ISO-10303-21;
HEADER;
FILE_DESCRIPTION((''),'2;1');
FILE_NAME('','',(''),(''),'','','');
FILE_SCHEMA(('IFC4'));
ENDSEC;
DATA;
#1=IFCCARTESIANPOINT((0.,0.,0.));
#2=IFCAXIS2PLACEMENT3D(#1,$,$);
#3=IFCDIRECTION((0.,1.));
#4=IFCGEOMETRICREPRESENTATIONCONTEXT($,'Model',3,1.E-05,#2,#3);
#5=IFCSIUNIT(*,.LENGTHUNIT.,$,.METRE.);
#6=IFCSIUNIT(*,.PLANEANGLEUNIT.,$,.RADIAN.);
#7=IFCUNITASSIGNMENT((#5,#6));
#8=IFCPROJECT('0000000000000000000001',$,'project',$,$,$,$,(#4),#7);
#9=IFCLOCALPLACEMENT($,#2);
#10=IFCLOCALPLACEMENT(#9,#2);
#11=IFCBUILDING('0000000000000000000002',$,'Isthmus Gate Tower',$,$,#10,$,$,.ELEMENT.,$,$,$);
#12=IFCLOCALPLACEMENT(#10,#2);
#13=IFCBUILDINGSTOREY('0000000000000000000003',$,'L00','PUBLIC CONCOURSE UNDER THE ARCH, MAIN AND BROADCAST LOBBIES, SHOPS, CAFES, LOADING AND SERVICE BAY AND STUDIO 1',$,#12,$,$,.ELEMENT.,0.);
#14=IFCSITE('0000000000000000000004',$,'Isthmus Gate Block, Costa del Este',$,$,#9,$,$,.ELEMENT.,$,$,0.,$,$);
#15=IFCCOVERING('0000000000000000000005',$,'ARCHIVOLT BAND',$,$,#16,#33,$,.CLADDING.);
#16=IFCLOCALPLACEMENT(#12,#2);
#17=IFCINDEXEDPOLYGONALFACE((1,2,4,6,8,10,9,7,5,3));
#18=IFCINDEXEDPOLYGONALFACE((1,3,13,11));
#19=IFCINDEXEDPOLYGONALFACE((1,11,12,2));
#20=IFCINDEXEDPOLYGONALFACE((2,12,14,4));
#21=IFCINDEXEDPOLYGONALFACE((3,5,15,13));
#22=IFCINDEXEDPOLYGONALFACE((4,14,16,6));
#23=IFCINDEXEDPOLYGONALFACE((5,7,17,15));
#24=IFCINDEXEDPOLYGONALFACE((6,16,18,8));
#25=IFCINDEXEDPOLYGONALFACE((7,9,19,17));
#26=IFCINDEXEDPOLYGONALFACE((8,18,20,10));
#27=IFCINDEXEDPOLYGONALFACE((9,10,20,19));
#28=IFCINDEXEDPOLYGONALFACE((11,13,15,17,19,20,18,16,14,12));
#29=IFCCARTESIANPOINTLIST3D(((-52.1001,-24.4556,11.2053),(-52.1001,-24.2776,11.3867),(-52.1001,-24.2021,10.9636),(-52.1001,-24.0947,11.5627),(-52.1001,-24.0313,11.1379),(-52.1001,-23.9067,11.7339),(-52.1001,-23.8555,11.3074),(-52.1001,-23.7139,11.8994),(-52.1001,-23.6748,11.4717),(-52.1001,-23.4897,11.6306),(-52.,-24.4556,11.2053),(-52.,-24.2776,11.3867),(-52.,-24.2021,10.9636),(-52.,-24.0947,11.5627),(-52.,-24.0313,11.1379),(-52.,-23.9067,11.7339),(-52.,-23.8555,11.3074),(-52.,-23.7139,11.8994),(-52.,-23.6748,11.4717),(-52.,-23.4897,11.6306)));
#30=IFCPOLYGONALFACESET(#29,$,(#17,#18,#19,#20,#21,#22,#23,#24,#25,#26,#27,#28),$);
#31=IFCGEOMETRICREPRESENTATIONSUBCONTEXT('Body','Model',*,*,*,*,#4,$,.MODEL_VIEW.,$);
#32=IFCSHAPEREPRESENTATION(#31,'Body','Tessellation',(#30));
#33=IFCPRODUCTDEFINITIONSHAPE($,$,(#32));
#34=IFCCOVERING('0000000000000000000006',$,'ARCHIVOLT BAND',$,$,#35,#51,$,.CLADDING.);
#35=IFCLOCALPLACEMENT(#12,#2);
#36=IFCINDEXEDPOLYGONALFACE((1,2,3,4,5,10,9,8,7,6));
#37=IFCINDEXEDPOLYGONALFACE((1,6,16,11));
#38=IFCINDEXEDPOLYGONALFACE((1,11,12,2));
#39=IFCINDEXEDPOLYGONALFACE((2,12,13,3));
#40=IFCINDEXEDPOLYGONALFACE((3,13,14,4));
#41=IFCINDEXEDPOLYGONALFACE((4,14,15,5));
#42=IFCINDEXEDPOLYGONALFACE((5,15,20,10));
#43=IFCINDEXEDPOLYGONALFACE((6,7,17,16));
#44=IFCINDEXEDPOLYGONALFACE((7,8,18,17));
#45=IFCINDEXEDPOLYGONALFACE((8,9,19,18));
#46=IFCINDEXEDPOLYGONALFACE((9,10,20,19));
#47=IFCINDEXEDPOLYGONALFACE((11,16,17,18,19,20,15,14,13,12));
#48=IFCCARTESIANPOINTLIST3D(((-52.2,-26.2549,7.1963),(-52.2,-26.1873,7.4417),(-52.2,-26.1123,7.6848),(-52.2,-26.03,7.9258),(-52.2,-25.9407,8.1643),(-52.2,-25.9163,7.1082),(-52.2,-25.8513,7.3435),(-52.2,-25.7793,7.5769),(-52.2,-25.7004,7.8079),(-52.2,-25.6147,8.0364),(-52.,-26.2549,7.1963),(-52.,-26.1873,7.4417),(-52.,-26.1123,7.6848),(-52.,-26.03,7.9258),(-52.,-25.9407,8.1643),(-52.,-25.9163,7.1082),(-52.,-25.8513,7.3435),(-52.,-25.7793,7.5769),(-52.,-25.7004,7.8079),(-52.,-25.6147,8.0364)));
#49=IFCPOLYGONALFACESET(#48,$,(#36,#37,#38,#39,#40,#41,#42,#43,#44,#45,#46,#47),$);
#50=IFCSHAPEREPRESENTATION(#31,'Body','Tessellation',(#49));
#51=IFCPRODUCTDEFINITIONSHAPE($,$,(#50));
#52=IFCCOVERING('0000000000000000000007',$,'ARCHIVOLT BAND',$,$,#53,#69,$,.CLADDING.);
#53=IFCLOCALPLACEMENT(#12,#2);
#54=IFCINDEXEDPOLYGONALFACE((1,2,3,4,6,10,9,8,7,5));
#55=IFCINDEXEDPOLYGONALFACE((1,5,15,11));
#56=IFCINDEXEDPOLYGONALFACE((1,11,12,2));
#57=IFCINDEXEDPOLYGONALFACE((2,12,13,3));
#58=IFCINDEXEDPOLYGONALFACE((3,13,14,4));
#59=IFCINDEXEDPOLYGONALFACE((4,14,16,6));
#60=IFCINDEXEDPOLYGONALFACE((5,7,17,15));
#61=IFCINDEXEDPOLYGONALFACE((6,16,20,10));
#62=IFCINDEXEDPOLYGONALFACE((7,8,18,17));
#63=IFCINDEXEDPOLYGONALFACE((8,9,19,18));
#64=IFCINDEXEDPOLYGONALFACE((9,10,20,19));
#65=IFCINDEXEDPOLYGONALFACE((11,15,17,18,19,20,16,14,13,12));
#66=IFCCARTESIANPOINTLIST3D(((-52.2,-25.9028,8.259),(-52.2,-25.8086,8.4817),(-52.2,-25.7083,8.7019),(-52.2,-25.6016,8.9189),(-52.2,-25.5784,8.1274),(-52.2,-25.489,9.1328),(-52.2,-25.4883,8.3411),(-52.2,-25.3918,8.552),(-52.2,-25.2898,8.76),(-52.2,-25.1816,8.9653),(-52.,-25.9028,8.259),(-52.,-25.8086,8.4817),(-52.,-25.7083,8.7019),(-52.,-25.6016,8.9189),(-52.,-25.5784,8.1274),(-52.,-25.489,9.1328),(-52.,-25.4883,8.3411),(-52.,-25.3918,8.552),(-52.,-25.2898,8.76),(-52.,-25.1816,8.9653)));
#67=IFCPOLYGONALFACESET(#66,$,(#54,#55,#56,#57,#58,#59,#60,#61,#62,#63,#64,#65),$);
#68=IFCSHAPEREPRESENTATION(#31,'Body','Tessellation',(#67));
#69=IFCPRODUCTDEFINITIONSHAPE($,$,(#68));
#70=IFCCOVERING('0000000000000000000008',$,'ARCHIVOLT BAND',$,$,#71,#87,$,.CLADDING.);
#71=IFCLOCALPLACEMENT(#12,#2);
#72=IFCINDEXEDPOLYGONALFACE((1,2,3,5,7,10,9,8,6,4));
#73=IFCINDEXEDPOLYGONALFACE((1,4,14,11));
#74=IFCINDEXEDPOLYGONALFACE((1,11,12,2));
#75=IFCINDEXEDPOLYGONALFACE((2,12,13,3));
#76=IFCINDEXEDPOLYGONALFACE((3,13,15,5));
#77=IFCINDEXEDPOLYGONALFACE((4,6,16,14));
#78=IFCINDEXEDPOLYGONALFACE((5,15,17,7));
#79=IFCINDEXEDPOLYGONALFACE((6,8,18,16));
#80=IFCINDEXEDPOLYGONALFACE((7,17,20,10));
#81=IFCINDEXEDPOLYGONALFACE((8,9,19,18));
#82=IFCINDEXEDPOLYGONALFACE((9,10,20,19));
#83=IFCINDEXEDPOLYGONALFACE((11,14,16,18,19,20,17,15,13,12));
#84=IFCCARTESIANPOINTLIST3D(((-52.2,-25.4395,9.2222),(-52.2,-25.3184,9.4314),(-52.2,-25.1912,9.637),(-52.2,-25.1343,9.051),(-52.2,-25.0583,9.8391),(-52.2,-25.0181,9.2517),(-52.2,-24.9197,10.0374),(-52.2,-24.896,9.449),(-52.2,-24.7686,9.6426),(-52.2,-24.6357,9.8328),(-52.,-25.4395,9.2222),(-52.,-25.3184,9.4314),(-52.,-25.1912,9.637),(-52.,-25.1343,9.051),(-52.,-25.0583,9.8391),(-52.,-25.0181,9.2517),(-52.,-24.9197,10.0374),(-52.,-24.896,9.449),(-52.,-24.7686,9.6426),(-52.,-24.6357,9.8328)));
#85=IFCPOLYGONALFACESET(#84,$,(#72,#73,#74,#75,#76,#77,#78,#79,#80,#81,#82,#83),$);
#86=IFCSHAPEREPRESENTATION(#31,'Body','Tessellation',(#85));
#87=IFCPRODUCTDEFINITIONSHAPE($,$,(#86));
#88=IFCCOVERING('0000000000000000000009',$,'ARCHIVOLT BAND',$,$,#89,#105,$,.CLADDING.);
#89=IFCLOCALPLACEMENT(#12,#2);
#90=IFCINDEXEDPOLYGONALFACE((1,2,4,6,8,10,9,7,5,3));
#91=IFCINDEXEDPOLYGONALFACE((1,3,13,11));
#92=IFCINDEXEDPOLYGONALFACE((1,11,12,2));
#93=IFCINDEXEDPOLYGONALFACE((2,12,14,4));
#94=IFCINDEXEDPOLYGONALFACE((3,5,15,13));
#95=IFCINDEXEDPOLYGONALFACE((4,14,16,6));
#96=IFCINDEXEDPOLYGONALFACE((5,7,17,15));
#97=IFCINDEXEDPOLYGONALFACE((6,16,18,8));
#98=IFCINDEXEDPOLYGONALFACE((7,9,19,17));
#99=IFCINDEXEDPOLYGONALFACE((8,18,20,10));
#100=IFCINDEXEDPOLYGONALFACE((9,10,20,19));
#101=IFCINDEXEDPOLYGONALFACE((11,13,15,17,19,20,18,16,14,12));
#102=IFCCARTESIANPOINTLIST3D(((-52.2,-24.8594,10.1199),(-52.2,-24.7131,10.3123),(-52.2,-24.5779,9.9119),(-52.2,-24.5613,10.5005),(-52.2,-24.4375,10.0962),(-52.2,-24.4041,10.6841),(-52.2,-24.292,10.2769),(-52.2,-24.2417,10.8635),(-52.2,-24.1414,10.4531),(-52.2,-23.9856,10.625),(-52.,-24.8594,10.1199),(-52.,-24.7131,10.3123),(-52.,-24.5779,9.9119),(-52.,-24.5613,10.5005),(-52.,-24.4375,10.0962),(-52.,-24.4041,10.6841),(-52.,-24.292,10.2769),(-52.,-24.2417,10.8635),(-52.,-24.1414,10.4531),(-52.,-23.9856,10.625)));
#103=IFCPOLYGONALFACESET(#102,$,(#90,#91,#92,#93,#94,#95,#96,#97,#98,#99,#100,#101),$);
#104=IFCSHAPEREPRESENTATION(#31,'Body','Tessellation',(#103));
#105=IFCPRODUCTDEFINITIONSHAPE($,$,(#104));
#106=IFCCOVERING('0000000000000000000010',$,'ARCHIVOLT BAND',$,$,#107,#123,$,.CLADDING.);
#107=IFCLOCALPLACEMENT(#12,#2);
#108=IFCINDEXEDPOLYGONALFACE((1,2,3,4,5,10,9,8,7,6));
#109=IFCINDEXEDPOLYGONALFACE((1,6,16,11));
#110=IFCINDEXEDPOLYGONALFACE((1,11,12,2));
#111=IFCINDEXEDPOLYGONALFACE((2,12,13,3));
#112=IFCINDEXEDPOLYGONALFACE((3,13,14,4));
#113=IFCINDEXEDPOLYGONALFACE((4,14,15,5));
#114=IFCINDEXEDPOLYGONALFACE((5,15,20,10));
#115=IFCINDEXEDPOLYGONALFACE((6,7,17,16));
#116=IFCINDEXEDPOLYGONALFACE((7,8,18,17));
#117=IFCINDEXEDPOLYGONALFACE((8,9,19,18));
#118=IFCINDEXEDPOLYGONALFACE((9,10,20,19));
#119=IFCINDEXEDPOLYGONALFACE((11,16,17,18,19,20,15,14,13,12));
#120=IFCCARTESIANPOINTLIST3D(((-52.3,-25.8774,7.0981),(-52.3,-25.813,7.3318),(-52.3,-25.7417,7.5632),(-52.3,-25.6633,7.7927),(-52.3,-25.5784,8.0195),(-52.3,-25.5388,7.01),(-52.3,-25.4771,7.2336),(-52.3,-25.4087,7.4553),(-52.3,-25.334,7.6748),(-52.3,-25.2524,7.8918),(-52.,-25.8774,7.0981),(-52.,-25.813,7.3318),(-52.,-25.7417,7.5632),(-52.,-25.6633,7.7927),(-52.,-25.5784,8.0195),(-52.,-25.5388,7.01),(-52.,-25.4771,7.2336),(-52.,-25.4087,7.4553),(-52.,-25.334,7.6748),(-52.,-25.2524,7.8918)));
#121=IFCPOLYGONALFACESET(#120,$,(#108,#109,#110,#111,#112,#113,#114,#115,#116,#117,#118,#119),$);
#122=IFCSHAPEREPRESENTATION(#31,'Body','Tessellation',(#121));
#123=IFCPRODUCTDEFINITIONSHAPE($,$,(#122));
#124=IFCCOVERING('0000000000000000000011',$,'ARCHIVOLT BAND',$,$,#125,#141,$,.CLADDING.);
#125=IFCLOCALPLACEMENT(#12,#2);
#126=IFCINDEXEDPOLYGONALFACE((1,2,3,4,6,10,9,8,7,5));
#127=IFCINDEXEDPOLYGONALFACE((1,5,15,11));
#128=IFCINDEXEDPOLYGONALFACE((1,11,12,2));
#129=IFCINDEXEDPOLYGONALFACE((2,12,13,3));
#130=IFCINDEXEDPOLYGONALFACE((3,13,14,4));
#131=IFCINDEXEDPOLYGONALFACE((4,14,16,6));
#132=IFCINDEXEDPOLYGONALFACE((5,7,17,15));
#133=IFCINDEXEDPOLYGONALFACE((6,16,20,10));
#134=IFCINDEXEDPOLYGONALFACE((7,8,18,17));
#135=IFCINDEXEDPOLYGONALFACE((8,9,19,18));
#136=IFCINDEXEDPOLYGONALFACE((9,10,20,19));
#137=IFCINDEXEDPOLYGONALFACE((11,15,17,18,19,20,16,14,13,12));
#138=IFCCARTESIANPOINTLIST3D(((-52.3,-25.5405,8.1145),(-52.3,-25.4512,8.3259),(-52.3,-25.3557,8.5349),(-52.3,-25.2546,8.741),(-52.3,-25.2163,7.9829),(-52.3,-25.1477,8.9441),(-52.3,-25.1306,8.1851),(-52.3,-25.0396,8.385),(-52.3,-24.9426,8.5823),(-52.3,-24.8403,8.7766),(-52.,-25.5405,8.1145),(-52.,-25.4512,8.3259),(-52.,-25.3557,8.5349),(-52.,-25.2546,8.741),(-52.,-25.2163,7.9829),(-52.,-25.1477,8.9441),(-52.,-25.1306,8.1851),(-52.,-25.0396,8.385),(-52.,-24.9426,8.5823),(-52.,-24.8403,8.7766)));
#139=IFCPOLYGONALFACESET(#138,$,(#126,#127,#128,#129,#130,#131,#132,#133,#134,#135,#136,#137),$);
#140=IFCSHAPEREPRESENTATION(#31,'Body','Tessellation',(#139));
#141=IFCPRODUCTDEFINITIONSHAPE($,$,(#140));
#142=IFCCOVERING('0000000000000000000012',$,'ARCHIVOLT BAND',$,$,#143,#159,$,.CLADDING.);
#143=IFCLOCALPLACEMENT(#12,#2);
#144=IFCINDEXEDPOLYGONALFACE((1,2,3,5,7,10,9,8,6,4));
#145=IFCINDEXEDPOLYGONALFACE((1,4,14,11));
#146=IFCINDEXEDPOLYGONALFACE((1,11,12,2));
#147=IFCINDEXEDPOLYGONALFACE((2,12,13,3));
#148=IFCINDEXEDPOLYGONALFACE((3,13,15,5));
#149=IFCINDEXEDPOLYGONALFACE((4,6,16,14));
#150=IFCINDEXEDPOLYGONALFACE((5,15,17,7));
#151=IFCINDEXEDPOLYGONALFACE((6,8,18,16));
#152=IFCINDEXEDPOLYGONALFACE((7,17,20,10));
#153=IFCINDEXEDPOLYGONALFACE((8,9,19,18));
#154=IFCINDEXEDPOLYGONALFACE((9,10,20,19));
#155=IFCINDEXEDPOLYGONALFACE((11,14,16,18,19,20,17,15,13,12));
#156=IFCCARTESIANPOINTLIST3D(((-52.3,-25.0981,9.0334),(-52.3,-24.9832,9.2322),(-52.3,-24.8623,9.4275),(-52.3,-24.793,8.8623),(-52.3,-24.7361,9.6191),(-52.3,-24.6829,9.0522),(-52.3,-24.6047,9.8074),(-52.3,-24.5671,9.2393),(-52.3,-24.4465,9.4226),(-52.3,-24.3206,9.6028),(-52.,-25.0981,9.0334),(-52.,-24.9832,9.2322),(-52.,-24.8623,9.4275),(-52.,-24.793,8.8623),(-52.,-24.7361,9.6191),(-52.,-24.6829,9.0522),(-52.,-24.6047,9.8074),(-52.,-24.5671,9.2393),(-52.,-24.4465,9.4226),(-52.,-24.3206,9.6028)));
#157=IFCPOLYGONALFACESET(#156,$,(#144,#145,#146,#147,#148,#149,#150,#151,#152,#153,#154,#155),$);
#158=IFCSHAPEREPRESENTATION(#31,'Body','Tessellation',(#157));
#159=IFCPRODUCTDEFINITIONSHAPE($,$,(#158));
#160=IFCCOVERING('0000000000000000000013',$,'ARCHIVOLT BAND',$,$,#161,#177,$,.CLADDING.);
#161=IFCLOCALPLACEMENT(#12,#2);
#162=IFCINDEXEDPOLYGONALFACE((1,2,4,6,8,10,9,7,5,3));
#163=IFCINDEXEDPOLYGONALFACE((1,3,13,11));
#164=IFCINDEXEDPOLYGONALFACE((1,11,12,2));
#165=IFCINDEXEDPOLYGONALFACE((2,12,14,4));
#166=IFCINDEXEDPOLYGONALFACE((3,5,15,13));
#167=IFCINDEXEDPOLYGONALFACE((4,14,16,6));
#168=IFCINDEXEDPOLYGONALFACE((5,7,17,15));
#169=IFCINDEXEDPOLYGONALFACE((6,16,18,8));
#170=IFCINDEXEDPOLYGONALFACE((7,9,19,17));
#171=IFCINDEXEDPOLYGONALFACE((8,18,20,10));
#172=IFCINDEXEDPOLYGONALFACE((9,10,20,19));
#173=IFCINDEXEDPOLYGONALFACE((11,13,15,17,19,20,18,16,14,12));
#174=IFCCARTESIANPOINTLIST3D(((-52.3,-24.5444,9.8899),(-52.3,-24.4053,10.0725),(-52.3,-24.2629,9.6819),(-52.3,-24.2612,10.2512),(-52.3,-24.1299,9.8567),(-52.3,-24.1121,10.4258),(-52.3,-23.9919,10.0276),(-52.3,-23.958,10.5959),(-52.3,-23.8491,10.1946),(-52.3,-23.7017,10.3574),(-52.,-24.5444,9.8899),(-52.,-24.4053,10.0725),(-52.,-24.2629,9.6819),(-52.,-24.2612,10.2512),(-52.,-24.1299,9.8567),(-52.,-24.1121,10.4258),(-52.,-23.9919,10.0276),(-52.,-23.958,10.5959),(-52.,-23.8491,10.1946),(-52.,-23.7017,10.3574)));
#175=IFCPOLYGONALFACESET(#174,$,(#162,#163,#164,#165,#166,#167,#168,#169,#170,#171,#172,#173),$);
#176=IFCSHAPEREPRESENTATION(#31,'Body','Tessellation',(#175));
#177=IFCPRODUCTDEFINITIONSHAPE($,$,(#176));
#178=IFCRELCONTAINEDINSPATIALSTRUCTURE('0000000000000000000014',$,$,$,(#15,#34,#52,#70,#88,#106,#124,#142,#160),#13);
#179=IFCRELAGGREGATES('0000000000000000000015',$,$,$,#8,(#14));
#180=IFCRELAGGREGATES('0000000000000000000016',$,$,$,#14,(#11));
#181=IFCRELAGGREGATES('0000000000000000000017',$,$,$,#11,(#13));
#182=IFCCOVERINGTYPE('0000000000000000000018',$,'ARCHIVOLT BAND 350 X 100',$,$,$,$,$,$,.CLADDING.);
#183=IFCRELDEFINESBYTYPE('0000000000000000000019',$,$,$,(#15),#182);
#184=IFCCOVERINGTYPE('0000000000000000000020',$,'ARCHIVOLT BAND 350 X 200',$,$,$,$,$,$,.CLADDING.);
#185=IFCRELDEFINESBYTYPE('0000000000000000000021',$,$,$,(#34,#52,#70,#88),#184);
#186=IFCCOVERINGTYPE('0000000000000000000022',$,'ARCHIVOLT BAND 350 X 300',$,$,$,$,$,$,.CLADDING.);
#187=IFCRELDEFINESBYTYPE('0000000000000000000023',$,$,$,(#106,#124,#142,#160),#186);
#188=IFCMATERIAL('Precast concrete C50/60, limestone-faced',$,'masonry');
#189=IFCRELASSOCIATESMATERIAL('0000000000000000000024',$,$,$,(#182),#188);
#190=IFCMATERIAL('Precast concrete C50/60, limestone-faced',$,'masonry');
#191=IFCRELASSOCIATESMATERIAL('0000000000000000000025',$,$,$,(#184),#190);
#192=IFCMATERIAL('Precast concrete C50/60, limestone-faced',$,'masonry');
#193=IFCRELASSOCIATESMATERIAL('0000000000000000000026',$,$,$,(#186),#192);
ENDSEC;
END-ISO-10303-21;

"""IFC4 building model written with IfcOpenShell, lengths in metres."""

from ifc_helpers import new_model, si_unit, direction, frame, origin, place, context, subcontext, project, spatial, polyline, outline, extrude, material, type_object, element, save


model = new_model("IFC4")

# Units and contexts
model_context = context("Model", 3, precision=1e-05, world=origin(), true_north=direction((0.0, 1.0)))
body_context = subcontext(model_context, "Body", "Model", "MODEL_VIEW")
ifc_project = project(units=[si_unit("LENGTHUNIT", "METRE"), si_unit("PLANEANGLEUNIT", "RADIAN")], contexts=[model_context])

# Site, building, storey
site_placement = place(None, origin())
site = spatial("IfcSite", under=ifc_project, at=site_placement, Name="Isthmus Gate Block, Costa del Este", CompositionType="ELEMENT", RefElevation=0.0)
building_placement = place(site_placement, origin())
building = spatial("IfcBuilding", under=site, at=building_placement, Name="Isthmus Gate Tower", CompositionType="ELEMENT")
storey_placement = place(building_placement, origin())
storey = spatial("IfcBuildingStorey", under=building, at=storey_placement, Name="L00", Description="PUBLIC CONCOURSE UNDER THE ARCH, MAIN AND BROADCAST LOBBIES, SHOPS, CAFES, LOADING AND SERVICE BAY AND STUDIO 1", CompositionType="ELEMENT", Elevation=0.0)

# Coverings
ifc_material_1 = material(Name="Precast concrete C50/60, limestone-faced", Category="masonry")
covering_type_1 = type_object("IfcCoveringType", Name="ARCHIVOLT BAND 350 X 100", PredefinedType="CLADDING", material=ifc_material_1)
covering_1_placement = place(storey_placement, frame((-52.1001, -24.4556, 11.2053), z_axis=(-1.0, 0.0, 0.0), x_axis=(0.0, 0.70035, 0.7138)))
element("IfcCovering", 1, at=covering_1_placement, inside=storey, type_object=covering_type_1, Name="ARCHIVOLT BAND", PredefinedType="CLADDING", context=body_context, shape_type="SweptSolid", body=[
    extrude(outline(polyline([(0.0, 0.0), (0.2541, 0.0), (0.5078, 0.0072), (0.7617, 0.0216), (1.0149, 0.0433), (0.98, 0.3915), (0.7369, 0.3708), (0.4931, 0.3569), (0.2491, 0.3501), (0.005, 0.3502), (0.0, 0.0)])), origin(), (0.0, 0.0, -1.0), 0.1001),
])
ifc_material_2 = material(Name="Precast concrete C50/60, limestone-faced", Category="masonry")
covering_type_2 = type_object("IfcCoveringType", Name="ARCHIVOLT BAND 350 X 200", PredefinedType="CLADDING", material=ifc_material_2)
covering_2_placement = place(storey_placement, frame((-52.2, -26.2549, 7.1963), z_axis=(-1.0, 0.0, 0.0), x_axis=(0.0, 0.265714, 0.964052)))
element("IfcCovering", 2, at=covering_2_placement, inside=storey, type_object=covering_type_2, Name="ARCHIVOLT BAND", PredefinedType="CLADDING", context=body_context, shape_type="SweptSolid", body=[
    extrude(outline(polyline([(0.0, 0.0), (0.2545, 0.0), (0.5088, 0.0076), (0.763, 0.0229), (1.0167, 0.0457), (0.98, 0.3939), (0.7369, 0.372), (0.4933, 0.3574), (0.2492, 0.3499), (0.005, 0.3499), (0.0, 0.0)])), origin(), (0.0, 0.0, -1.0), 0.2),
])
covering_3_placement = place(storey_placement, frame((-52.2, -25.9028, 8.259), z_axis=(-1.0, 0.0, 0.0), x_axis=(0.0, 0.389772, 0.920911)))
element("IfcCovering", 3, at=covering_3_placement, inside=storey, type_object=covering_type_2, Name="ARCHIVOLT BAND", PredefinedType="CLADDING", context=body_context, shape_type="SweptSolid", body=[
    extrude(outline(polyline([(0.0, 0.0), (0.2418, 0.0), (0.4837, 0.0066), (0.7251, 0.0202), (0.966, 0.0405), (0.9315, 0.3889), (0.7003, 0.3693), (0.469, 0.3564), (0.2371, 0.3498), (0.0053, 0.3501), (0.0, 0.0)])), origin(), (0.0, 0.0, -1.0), 0.2),
])
covering_4_placement = place(storey_placement, frame((-52.2, -25.4395, 9.2222), z_axis=(-1.0, 0.0, 0.0), x_axis=(0.0, 0.500917, 0.865495)))
element("IfcCovering", 4, at=covering_4_placement, inside=storey, type_object=covering_type_2, Name="ARCHIVOLT BAND", PredefinedType="CLADDING", context=body_context, shape_type="SweptSolid", body=[
    extrude(outline(polyline([(0.0, 0.0), (0.2417, 0.0), (0.4834, 0.0071), (0.7249, 0.0208), (0.9659, 0.0415), (0.9311, 0.3898), (0.6999, 0.3701), (0.4685, 0.3567), (0.2366, 0.3499), (0.0047, 0.3499), (0.0, 0.0)])), origin(), (0.0, 0.0, -1.0), 0.2),
])
covering_5_placement = place(storey_placement, frame((-52.2, -24.8594, 10.1199), z_axis=(-1.0, 0.0, 0.0), x_axis=(0.0, 0.60516, 0.796104)))
element("IfcCovering", 5, at=covering_5_placement, inside=storey, type_object=covering_type_2, Name="ARCHIVOLT BAND", PredefinedType="CLADDING", context=body_context, shape_type="SweptSolid", body=[
    extrude(outline(polyline([(0.0, 0.0), (0.2417, 0.0), (0.4834, 0.007), (0.7247, 0.021), (0.9658, 0.0417), (0.9309, 0.3899), (0.6998, 0.3699), (0.4683, 0.3567), (0.2364, 0.3502), (0.0048, 0.35), (0.0, 0.0)])), origin(), (0.0, 0.0, -1.0), 0.2),
])
ifc_material_3 = material(Name="Precast concrete C50/60, limestone-faced", Category="masonry")
covering_type_3 = type_object("IfcCoveringType", Name="ARCHIVOLT BAND 350 X 300", PredefinedType="CLADDING", material=ifc_material_3)
covering_6_placement = place(storey_placement, frame((-52.3, -25.8774, 7.0981), z_axis=(-1.0, 0.0, 0.0), x_axis=(0.0, 0.265929, 0.963993)))
element("IfcCovering", 6, at=covering_6_placement, inside=storey, type_object=covering_type_3, Name="ARCHIVOLT BAND", PredefinedType="CLADDING", context=body_context, shape_type="SweptSolid", body=[
    extrude(outline(polyline([(0.0, 0.0), (0.2424, 0.0), (0.4844, 0.0072), (0.7265, 0.0217), (0.9677, 0.0433), (0.9313, 0.3914), (0.7004, 0.3705), (0.469, 0.3569), (0.2371, 0.3499), (0.0051, 0.3499), (0.0, 0.0)])), origin(), (0.0, 0.0, -1.0), 0.3),
])
covering_7_placement = place(storey_placement, frame((-52.3, -25.5405, 8.1145), z_axis=(-1.0, 0.0, 0.0), x_axis=(0.0, 0.389293, 0.921114)))
element("IfcCovering", 7, at=covering_7_placement, inside=storey, type_object=covering_type_3, Name="ARCHIVOLT BAND", PredefinedType="CLADDING", context=body_context, shape_type="SweptSolid", body=[
    extrude(outline(polyline([(0.0, 0.0), (0.2295, 0.0), (0.4592, 0.0066), (0.6883, 0.0195), (0.9171, 0.0389), (0.8825, 0.3872), (0.6636, 0.3686), (0.4442, 0.3561), (0.2246, 0.3501), (0.005, 0.3499), (0.0, 0.0)])), origin(), (0.0, 0.0, -1.0), 0.3),
])
covering_8_placement = place(storey_placement, frame((-52.3, -25.0981, 9.0334), z_axis=(-1.0, 0.0, 0.0), x_axis=(0.0, 0.500827, 0.865548)))
element("IfcCovering", 8, at=covering_8_placement, inside=storey, type_object=covering_type_3, Name="ARCHIVOLT BAND", PredefinedType="CLADDING", context=body_context, shape_type="SweptSolid", body=[
    extrude(outline(polyline([(0.0, 0.0), (0.2296, 0.0), (0.4592, 0.0068), (0.6883, 0.02), (0.917, 0.0395), (0.8822, 0.3879), (0.6632, 0.3691), (0.4441, 0.3565), (0.2243, 0.35), (0.0047, 0.3499), (0.0, 0.0)])), origin(), (0.0, 0.0, -1.0), 0.3),
])
covering_9_placement = place(storey_placement, frame((-52.3, -24.5444, 9.8899), z_axis=(-1.0, 0.0, 0.0), x_axis=(0.0, 0.606107, 0.795383)))
element("IfcCovering", 9, at=covering_9_placement, inside=storey, type_object=covering_type_3, Name="ARCHIVOLT BAND", PredefinedType="CLADDING", context=body_context, shape_type="SweptSolid", body=[
    extrude(outline(polyline([(0.0, 0.0), (0.2296, 0.0), (0.459, 0.0063), (0.6883, 0.0191), (0.917, 0.0385), (0.8827, 0.387), (0.6638, 0.3684), (0.4444, 0.356), (0.2249, 0.3499), (0.0052, 0.35), (0.0, 0.0)])), origin(), (0.0, 0.0, -1.0), 0.3),
])

save(model, "model.ifc")
